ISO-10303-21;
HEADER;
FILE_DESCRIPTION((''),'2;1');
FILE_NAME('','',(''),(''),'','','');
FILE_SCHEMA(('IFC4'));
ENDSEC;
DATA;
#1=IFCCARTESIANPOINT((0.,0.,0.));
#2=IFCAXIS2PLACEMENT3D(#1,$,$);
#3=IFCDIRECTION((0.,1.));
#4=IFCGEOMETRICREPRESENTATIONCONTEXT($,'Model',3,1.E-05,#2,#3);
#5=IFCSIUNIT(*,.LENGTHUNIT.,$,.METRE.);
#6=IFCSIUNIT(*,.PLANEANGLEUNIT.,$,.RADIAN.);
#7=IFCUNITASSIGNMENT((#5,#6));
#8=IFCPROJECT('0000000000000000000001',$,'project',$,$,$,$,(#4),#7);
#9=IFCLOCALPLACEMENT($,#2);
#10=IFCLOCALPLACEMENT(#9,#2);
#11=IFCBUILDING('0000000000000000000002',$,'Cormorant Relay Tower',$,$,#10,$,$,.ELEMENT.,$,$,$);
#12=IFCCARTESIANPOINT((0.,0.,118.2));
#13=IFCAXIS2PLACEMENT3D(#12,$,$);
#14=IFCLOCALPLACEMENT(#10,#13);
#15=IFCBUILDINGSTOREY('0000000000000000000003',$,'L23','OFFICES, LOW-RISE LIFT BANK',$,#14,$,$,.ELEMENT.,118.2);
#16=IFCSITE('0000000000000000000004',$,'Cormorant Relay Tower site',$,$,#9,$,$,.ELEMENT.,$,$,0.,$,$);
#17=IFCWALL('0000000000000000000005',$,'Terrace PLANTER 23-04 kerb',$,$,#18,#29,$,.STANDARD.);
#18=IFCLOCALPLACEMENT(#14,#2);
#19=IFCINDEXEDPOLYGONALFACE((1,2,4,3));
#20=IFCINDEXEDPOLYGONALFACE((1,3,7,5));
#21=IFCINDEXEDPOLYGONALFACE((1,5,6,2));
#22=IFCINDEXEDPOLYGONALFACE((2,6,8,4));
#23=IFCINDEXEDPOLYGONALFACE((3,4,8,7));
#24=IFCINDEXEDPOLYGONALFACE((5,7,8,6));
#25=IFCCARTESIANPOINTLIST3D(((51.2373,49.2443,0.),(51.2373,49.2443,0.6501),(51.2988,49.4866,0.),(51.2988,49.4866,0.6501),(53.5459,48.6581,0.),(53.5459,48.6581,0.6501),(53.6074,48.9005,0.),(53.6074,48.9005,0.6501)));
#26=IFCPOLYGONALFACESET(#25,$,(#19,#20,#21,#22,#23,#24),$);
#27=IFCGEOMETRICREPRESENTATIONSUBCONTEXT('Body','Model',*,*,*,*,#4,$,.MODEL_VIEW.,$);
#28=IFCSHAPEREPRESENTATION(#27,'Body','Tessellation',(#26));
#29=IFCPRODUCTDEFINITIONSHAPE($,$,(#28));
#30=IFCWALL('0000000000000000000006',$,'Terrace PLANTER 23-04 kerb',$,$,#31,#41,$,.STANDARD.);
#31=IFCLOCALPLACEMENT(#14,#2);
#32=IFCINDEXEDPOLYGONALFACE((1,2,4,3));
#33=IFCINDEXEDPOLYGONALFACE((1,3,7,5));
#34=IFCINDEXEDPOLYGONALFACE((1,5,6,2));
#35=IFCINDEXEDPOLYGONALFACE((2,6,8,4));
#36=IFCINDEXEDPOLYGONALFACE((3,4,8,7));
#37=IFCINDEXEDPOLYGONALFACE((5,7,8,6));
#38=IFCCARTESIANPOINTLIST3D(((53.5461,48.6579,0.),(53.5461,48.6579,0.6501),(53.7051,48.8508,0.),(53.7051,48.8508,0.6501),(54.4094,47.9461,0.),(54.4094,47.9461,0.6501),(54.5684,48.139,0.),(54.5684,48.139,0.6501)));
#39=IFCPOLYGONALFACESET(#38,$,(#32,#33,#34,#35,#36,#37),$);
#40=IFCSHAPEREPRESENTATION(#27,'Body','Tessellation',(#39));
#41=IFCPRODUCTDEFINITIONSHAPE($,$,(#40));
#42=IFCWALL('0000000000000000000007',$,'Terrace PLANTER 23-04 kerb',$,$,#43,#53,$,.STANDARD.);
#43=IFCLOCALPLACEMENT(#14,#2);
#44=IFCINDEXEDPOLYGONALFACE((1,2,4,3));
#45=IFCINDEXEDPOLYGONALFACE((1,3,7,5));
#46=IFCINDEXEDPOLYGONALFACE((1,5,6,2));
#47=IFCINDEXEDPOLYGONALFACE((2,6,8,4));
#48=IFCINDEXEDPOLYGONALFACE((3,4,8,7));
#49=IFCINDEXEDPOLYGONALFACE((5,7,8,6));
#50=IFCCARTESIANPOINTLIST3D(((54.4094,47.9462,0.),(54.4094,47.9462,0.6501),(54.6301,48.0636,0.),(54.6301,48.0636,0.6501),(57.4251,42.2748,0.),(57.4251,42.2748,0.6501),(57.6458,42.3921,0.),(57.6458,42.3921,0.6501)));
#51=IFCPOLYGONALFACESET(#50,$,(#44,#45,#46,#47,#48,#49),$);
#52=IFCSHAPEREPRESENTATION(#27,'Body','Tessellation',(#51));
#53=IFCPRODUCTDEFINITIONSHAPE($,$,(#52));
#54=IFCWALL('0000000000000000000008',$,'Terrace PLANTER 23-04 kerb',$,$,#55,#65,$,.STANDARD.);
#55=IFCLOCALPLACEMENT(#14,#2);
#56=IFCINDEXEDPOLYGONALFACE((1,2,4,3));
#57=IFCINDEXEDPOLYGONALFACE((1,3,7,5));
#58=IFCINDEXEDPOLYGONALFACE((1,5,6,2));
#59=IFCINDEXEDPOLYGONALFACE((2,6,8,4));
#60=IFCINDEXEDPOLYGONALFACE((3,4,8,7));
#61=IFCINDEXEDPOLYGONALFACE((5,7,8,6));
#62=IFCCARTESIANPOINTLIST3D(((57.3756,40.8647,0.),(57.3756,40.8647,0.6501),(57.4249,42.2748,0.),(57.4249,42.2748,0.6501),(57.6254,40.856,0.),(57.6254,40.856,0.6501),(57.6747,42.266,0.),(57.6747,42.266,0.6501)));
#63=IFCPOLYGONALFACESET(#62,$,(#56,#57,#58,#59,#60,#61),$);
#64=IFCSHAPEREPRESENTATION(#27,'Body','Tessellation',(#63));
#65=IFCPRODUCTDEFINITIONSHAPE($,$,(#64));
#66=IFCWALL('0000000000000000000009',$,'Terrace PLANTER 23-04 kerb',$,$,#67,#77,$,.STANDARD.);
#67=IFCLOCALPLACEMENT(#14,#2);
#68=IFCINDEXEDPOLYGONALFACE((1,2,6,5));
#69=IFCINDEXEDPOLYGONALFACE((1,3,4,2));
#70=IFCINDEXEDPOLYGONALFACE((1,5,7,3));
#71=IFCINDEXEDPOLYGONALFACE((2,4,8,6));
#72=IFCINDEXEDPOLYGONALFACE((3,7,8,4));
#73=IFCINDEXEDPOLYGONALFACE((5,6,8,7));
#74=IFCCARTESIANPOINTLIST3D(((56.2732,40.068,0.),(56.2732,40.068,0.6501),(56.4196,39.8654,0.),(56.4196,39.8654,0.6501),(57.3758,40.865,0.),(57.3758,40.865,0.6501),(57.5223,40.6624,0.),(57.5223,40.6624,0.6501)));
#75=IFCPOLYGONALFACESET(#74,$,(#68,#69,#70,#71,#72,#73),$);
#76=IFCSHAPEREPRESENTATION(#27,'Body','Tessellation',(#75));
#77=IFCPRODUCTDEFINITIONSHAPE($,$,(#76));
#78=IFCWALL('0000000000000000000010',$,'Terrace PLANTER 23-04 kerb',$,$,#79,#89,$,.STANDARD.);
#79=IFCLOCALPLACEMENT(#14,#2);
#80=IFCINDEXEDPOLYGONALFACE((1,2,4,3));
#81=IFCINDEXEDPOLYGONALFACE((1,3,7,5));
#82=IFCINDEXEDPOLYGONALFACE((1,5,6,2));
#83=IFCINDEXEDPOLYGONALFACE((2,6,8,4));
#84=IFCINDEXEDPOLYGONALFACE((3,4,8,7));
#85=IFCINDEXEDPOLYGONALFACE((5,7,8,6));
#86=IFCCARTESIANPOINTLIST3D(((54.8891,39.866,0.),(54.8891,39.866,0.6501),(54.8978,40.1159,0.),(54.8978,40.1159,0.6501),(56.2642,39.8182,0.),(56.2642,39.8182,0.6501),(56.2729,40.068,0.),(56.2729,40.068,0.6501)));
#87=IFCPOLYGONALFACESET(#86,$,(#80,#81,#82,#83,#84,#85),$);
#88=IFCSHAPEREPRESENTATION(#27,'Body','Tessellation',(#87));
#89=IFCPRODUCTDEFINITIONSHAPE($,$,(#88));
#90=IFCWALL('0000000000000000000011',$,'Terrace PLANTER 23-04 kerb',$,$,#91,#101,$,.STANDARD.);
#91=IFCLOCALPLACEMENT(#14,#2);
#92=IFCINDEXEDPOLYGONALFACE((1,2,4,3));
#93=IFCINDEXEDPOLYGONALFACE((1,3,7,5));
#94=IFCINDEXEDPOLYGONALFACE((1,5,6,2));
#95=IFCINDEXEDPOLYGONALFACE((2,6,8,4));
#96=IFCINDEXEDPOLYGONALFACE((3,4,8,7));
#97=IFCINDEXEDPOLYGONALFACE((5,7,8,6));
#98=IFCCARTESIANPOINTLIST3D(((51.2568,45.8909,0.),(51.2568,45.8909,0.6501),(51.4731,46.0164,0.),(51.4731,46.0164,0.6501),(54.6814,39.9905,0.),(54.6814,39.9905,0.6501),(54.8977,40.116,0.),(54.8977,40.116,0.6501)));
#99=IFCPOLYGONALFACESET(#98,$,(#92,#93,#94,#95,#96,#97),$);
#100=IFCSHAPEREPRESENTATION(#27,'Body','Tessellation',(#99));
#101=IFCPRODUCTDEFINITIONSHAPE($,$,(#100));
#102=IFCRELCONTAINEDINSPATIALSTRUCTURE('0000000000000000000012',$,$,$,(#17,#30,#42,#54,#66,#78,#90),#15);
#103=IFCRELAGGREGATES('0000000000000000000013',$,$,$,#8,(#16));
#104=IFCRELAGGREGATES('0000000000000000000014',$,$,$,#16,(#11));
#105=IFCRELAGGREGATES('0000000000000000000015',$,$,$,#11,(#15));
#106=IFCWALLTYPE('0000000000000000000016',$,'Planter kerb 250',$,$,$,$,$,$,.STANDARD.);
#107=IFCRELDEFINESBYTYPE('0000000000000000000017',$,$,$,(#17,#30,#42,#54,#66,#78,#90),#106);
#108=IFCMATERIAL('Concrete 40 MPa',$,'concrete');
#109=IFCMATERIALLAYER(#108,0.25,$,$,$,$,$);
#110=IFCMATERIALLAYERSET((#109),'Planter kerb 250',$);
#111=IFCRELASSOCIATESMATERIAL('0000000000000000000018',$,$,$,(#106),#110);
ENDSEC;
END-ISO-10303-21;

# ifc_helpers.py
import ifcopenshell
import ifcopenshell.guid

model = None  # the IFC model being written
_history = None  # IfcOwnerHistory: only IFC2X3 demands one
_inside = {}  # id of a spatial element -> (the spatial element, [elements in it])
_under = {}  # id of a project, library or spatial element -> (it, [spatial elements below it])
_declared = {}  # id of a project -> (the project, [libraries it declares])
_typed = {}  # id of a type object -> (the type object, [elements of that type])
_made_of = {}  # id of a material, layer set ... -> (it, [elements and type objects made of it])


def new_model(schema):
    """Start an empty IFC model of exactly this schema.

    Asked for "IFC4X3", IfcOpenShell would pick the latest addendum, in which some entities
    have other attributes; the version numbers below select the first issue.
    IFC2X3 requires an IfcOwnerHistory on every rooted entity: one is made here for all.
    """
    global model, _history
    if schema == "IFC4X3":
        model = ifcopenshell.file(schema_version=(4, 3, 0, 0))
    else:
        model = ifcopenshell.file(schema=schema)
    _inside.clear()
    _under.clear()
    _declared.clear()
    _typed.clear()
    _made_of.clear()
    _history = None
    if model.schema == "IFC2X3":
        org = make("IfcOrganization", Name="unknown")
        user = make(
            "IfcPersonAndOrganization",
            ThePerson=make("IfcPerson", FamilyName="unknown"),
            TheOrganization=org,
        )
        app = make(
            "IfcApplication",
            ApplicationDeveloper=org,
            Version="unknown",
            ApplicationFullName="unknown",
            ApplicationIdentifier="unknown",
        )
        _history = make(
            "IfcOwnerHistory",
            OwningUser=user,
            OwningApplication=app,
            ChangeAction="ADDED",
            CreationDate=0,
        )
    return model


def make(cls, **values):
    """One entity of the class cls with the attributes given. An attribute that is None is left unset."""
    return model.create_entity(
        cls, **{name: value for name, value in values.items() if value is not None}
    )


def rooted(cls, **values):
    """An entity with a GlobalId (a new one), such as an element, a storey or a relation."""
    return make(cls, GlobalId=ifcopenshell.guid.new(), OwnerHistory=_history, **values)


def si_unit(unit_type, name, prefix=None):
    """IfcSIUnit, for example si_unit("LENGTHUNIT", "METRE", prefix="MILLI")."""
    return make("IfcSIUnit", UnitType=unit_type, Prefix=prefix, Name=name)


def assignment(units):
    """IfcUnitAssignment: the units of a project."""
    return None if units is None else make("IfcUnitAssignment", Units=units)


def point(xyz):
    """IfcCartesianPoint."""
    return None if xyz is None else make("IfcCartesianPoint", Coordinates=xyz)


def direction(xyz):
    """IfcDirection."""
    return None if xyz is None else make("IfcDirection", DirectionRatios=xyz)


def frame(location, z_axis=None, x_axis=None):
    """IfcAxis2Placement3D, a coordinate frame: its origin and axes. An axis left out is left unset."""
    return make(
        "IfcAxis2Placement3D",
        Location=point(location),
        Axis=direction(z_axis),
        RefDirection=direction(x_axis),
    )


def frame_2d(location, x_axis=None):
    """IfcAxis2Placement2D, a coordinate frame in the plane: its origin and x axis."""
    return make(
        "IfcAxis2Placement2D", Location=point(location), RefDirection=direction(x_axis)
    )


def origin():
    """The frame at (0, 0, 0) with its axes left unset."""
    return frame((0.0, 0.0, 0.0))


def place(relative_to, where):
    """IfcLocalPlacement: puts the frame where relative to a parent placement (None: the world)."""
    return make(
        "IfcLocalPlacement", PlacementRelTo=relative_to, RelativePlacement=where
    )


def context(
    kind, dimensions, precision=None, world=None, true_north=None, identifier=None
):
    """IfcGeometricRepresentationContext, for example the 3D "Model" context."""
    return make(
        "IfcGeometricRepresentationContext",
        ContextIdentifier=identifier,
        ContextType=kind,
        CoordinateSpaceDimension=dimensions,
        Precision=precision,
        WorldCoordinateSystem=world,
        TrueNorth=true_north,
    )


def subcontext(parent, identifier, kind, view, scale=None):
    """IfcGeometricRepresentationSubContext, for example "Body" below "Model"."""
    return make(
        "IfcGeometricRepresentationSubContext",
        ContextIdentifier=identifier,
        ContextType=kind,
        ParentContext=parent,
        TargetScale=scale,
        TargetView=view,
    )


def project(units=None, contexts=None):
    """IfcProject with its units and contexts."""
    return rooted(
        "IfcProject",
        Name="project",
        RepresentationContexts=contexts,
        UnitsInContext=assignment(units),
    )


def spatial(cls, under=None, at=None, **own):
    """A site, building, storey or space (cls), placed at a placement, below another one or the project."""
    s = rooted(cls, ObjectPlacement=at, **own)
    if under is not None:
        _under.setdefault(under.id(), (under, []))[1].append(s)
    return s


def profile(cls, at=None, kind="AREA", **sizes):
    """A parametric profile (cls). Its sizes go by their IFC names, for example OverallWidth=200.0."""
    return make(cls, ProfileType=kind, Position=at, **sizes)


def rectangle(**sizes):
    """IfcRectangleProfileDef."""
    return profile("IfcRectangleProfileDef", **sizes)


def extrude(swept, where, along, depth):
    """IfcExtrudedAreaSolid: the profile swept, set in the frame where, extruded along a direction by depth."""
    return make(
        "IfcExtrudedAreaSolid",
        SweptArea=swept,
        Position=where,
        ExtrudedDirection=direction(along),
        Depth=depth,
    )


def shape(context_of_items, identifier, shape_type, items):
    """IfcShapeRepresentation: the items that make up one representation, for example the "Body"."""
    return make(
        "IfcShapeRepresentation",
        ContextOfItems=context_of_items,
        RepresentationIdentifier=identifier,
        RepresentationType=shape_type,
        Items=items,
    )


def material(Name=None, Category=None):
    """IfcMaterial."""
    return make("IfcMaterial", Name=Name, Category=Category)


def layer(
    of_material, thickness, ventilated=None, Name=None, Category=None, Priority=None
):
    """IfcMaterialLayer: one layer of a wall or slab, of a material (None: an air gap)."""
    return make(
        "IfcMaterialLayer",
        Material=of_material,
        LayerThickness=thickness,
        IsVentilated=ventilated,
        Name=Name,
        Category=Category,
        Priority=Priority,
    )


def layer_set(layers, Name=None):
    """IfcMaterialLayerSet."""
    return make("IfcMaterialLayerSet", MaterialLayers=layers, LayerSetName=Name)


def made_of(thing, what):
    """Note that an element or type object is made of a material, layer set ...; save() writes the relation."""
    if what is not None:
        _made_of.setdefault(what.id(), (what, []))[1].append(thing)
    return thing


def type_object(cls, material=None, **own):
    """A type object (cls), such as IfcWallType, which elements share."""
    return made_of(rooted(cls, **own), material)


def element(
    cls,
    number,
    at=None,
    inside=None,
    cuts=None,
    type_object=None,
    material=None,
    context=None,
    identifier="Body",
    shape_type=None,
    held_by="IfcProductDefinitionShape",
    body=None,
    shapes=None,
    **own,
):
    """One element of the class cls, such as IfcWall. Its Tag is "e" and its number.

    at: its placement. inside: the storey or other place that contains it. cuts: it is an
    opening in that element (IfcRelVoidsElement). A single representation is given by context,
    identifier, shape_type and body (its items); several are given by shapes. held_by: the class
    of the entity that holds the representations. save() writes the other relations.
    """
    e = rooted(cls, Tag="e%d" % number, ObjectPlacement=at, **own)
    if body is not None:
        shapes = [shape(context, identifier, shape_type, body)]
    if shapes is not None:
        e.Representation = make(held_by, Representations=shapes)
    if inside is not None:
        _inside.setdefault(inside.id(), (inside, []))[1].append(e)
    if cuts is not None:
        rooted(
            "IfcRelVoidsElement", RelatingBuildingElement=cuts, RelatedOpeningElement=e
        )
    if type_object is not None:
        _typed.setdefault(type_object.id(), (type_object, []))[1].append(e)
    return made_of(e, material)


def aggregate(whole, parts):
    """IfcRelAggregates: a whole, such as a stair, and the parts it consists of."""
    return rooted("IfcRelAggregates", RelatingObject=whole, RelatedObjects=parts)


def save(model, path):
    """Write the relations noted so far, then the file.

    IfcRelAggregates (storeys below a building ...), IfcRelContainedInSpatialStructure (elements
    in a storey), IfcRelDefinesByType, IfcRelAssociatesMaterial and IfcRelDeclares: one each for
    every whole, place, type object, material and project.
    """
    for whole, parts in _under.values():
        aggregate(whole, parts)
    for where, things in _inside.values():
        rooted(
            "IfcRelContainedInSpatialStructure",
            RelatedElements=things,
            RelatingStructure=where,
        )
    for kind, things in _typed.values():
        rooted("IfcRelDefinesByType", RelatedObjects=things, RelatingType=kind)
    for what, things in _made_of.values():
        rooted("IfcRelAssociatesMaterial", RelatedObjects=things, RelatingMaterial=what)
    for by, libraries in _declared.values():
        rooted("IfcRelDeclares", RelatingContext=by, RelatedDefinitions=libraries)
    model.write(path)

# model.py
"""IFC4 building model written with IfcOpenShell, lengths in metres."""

from ifc_helpers import new_model, si_unit, direction, frame, frame_2d, origin, place, context, subcontext, project, spatial, rectangle, extrude, material, layer, layer_set, type_object, element, save


model = new_model("IFC4")

# Units and contexts
model_context = context("Model", 3, precision=1e-05, world=origin(), true_north=direction((0.0, 1.0)))
body_context = subcontext(model_context, "Body", "Model", "MODEL_VIEW")
ifc_project = project(units=[si_unit("LENGTHUNIT", "METRE"), si_unit("PLANEANGLEUNIT", "RADIAN")], contexts=[model_context])

# Site, building, storey
site_placement = place(None, origin())
site = spatial("IfcSite", under=ifc_project, at=site_placement, Name="Cormorant Relay Tower site", CompositionType="ELEMENT", RefElevation=0.0)
building_placement = place(site_placement, origin())
building = spatial("IfcBuilding", under=site, at=building_placement, Name="Cormorant Relay Tower", CompositionType="ELEMENT")
storey_placement = place(building_placement, frame((0.0, 0.0, 118.2)))
storey = spatial("IfcBuildingStorey", under=building, at=storey_placement, Name="L23", Description="OFFICES, LOW-RISE LIFT BANK", CompositionType="ELEMENT", Elevation=118.2)

# Walls
ifc_material_1 = material(Name="Concrete 40 MPa", Category="concrete")
ifc_layer_1 = layer(ifc_material_1, 0.25)
ifc_layer_set_1 = layer_set([ifc_layer_1], Name="Planter kerb 250")
wall_type = type_object("IfcWallType", Name="Planter kerb 250", PredefinedType="STANDARD", material=ifc_layer_set_1)
wall_1_placement = place(storey_placement, frame((51.2681, 49.3655, 0.0), z_axis=(0.0, 0.0, 1.0), x_axis=(0.969244, -0.246103, 0.0)))
element("IfcWall", 1, at=wall_1_placement, inside=storey, type_object=wall_type, Name="Terrace PLANTER 23-04 kerb", PredefinedType="STANDARD", context=body_context, shape_type="SweptSolid", body=[
    extrude(rectangle(XDim=2.3818, YDim=0.25, at=frame_2d((1.1909, 0.0))), origin(), (0.0, 0.0, 1.0), 0.6501),
])
wall_2_placement = place(storey_placement, frame((53.6255, 48.7544, 0.0), z_axis=(0.0, 0.0, 1.0), x_axis=(0.771609, -0.636097, 0.0)))
element("IfcWall", 2, at=wall_2_placement, inside=storey, type_object=wall_type, Name="Terrace PLANTER 23-04 kerb", PredefinedType="STANDARD", context=body_context, shape_type="SweptSolid", body=[
    extrude(rectangle(XDim=1.1189, YDim=0.25, at=frame_2d((0.5596, 0.0))), origin(), (0.0, 0.0, 1.0), 0.6501),
])
wall_3_placement = place(storey_placement, frame((54.5198, 48.0049, 0.0), z_axis=(0.0, 0.0, 1.0), x_axis=(0.469483, -0.882941, 0.0)))
element("IfcWall", 3, at=wall_3_placement, inside=storey, type_object=wall_type, Name="Terrace PLANTER 23-04 kerb", PredefinedType="STANDARD", context=body_context, shape_type="SweptSolid", body=[
    extrude(rectangle(XDim=6.4233, YDim=0.25, at=frame_2d((3.2117, 0.0))), origin(), (0.0, 0.0, 1.0), 0.6501),
])
wall_4_placement = place(storey_placement, frame((57.5498, 42.2705, 0.0), z_axis=(0.0, 0.0, 1.0), x_axis=(-0.034957, -0.999389, 0.0)))
element("IfcWall", 4, at=wall_4_placement, inside=storey, type_object=wall_type, Name="Terrace PLANTER 23-04 kerb", PredefinedType="STANDARD", context=body_context, shape_type="SweptSolid", body=[
    extrude(rectangle(XDim=1.4109, YDim=0.25, at=frame_2d((0.7056, 0.0))), origin(), (0.0, 0.0, 1.0), 0.6501),
])
wall_5_placement = place(storey_placement, frame((57.449, 40.7637, 0.0), z_axis=(0.0, 0.0, 1.0), x_axis=(-0.810447, -0.585812, 0.0)))
element("IfcWall", 5, at=wall_5_placement, inside=storey, type_object=wall_type, Name="Terrace PLANTER 23-04 kerb", PredefinedType="STANDARD", context=body_context, shape_type="SweptSolid", body=[
    extrude(rectangle(XDim=1.3606, YDim=0.25, at=frame_2d((0.6802, 0.0))), origin(), (0.0, 0.0, 1.0), 0.6501),
])
wall_6_placement = place(storey_placement, frame((56.2686, 39.9431, 0.0), z_axis=(0.0, 0.0, 1.0), x_axis=(-0.999395, 0.034774, 0.0)))
element("IfcWall", 6, at=wall_6_placement, inside=storey, type_object=wall_type, Name="Terrace PLANTER 23-04 kerb", PredefinedType="STANDARD", context=body_context, shape_type="SweptSolid", body=[
    extrude(rectangle(XDim=1.376, YDim=0.25, at=frame_2d((0.688, 0.0))), origin(), (0.0, 0.0, 1.0), 0.6501),
])
wall_7_placement = place(storey_placement, frame((54.7896, 40.0532, 0.0), z_axis=(0.0, 0.0, 1.0), x_axis=(-0.501974, 0.864883, 0.0)))
element("IfcWall", 7, at=wall_7_placement, inside=storey, type_object=wall_type, Name="Terrace PLANTER 23-04 kerb", PredefinedType="STANDARD", context=body_context, shape_type="SweptSolid", body=[
    extrude(rectangle(XDim=6.8223, YDim=0.25, at=frame_2d((3.4111, 0.0))), origin(), (0.0, 0.0, 1.0), 0.6501),
])

save(model, "model.ifc")
